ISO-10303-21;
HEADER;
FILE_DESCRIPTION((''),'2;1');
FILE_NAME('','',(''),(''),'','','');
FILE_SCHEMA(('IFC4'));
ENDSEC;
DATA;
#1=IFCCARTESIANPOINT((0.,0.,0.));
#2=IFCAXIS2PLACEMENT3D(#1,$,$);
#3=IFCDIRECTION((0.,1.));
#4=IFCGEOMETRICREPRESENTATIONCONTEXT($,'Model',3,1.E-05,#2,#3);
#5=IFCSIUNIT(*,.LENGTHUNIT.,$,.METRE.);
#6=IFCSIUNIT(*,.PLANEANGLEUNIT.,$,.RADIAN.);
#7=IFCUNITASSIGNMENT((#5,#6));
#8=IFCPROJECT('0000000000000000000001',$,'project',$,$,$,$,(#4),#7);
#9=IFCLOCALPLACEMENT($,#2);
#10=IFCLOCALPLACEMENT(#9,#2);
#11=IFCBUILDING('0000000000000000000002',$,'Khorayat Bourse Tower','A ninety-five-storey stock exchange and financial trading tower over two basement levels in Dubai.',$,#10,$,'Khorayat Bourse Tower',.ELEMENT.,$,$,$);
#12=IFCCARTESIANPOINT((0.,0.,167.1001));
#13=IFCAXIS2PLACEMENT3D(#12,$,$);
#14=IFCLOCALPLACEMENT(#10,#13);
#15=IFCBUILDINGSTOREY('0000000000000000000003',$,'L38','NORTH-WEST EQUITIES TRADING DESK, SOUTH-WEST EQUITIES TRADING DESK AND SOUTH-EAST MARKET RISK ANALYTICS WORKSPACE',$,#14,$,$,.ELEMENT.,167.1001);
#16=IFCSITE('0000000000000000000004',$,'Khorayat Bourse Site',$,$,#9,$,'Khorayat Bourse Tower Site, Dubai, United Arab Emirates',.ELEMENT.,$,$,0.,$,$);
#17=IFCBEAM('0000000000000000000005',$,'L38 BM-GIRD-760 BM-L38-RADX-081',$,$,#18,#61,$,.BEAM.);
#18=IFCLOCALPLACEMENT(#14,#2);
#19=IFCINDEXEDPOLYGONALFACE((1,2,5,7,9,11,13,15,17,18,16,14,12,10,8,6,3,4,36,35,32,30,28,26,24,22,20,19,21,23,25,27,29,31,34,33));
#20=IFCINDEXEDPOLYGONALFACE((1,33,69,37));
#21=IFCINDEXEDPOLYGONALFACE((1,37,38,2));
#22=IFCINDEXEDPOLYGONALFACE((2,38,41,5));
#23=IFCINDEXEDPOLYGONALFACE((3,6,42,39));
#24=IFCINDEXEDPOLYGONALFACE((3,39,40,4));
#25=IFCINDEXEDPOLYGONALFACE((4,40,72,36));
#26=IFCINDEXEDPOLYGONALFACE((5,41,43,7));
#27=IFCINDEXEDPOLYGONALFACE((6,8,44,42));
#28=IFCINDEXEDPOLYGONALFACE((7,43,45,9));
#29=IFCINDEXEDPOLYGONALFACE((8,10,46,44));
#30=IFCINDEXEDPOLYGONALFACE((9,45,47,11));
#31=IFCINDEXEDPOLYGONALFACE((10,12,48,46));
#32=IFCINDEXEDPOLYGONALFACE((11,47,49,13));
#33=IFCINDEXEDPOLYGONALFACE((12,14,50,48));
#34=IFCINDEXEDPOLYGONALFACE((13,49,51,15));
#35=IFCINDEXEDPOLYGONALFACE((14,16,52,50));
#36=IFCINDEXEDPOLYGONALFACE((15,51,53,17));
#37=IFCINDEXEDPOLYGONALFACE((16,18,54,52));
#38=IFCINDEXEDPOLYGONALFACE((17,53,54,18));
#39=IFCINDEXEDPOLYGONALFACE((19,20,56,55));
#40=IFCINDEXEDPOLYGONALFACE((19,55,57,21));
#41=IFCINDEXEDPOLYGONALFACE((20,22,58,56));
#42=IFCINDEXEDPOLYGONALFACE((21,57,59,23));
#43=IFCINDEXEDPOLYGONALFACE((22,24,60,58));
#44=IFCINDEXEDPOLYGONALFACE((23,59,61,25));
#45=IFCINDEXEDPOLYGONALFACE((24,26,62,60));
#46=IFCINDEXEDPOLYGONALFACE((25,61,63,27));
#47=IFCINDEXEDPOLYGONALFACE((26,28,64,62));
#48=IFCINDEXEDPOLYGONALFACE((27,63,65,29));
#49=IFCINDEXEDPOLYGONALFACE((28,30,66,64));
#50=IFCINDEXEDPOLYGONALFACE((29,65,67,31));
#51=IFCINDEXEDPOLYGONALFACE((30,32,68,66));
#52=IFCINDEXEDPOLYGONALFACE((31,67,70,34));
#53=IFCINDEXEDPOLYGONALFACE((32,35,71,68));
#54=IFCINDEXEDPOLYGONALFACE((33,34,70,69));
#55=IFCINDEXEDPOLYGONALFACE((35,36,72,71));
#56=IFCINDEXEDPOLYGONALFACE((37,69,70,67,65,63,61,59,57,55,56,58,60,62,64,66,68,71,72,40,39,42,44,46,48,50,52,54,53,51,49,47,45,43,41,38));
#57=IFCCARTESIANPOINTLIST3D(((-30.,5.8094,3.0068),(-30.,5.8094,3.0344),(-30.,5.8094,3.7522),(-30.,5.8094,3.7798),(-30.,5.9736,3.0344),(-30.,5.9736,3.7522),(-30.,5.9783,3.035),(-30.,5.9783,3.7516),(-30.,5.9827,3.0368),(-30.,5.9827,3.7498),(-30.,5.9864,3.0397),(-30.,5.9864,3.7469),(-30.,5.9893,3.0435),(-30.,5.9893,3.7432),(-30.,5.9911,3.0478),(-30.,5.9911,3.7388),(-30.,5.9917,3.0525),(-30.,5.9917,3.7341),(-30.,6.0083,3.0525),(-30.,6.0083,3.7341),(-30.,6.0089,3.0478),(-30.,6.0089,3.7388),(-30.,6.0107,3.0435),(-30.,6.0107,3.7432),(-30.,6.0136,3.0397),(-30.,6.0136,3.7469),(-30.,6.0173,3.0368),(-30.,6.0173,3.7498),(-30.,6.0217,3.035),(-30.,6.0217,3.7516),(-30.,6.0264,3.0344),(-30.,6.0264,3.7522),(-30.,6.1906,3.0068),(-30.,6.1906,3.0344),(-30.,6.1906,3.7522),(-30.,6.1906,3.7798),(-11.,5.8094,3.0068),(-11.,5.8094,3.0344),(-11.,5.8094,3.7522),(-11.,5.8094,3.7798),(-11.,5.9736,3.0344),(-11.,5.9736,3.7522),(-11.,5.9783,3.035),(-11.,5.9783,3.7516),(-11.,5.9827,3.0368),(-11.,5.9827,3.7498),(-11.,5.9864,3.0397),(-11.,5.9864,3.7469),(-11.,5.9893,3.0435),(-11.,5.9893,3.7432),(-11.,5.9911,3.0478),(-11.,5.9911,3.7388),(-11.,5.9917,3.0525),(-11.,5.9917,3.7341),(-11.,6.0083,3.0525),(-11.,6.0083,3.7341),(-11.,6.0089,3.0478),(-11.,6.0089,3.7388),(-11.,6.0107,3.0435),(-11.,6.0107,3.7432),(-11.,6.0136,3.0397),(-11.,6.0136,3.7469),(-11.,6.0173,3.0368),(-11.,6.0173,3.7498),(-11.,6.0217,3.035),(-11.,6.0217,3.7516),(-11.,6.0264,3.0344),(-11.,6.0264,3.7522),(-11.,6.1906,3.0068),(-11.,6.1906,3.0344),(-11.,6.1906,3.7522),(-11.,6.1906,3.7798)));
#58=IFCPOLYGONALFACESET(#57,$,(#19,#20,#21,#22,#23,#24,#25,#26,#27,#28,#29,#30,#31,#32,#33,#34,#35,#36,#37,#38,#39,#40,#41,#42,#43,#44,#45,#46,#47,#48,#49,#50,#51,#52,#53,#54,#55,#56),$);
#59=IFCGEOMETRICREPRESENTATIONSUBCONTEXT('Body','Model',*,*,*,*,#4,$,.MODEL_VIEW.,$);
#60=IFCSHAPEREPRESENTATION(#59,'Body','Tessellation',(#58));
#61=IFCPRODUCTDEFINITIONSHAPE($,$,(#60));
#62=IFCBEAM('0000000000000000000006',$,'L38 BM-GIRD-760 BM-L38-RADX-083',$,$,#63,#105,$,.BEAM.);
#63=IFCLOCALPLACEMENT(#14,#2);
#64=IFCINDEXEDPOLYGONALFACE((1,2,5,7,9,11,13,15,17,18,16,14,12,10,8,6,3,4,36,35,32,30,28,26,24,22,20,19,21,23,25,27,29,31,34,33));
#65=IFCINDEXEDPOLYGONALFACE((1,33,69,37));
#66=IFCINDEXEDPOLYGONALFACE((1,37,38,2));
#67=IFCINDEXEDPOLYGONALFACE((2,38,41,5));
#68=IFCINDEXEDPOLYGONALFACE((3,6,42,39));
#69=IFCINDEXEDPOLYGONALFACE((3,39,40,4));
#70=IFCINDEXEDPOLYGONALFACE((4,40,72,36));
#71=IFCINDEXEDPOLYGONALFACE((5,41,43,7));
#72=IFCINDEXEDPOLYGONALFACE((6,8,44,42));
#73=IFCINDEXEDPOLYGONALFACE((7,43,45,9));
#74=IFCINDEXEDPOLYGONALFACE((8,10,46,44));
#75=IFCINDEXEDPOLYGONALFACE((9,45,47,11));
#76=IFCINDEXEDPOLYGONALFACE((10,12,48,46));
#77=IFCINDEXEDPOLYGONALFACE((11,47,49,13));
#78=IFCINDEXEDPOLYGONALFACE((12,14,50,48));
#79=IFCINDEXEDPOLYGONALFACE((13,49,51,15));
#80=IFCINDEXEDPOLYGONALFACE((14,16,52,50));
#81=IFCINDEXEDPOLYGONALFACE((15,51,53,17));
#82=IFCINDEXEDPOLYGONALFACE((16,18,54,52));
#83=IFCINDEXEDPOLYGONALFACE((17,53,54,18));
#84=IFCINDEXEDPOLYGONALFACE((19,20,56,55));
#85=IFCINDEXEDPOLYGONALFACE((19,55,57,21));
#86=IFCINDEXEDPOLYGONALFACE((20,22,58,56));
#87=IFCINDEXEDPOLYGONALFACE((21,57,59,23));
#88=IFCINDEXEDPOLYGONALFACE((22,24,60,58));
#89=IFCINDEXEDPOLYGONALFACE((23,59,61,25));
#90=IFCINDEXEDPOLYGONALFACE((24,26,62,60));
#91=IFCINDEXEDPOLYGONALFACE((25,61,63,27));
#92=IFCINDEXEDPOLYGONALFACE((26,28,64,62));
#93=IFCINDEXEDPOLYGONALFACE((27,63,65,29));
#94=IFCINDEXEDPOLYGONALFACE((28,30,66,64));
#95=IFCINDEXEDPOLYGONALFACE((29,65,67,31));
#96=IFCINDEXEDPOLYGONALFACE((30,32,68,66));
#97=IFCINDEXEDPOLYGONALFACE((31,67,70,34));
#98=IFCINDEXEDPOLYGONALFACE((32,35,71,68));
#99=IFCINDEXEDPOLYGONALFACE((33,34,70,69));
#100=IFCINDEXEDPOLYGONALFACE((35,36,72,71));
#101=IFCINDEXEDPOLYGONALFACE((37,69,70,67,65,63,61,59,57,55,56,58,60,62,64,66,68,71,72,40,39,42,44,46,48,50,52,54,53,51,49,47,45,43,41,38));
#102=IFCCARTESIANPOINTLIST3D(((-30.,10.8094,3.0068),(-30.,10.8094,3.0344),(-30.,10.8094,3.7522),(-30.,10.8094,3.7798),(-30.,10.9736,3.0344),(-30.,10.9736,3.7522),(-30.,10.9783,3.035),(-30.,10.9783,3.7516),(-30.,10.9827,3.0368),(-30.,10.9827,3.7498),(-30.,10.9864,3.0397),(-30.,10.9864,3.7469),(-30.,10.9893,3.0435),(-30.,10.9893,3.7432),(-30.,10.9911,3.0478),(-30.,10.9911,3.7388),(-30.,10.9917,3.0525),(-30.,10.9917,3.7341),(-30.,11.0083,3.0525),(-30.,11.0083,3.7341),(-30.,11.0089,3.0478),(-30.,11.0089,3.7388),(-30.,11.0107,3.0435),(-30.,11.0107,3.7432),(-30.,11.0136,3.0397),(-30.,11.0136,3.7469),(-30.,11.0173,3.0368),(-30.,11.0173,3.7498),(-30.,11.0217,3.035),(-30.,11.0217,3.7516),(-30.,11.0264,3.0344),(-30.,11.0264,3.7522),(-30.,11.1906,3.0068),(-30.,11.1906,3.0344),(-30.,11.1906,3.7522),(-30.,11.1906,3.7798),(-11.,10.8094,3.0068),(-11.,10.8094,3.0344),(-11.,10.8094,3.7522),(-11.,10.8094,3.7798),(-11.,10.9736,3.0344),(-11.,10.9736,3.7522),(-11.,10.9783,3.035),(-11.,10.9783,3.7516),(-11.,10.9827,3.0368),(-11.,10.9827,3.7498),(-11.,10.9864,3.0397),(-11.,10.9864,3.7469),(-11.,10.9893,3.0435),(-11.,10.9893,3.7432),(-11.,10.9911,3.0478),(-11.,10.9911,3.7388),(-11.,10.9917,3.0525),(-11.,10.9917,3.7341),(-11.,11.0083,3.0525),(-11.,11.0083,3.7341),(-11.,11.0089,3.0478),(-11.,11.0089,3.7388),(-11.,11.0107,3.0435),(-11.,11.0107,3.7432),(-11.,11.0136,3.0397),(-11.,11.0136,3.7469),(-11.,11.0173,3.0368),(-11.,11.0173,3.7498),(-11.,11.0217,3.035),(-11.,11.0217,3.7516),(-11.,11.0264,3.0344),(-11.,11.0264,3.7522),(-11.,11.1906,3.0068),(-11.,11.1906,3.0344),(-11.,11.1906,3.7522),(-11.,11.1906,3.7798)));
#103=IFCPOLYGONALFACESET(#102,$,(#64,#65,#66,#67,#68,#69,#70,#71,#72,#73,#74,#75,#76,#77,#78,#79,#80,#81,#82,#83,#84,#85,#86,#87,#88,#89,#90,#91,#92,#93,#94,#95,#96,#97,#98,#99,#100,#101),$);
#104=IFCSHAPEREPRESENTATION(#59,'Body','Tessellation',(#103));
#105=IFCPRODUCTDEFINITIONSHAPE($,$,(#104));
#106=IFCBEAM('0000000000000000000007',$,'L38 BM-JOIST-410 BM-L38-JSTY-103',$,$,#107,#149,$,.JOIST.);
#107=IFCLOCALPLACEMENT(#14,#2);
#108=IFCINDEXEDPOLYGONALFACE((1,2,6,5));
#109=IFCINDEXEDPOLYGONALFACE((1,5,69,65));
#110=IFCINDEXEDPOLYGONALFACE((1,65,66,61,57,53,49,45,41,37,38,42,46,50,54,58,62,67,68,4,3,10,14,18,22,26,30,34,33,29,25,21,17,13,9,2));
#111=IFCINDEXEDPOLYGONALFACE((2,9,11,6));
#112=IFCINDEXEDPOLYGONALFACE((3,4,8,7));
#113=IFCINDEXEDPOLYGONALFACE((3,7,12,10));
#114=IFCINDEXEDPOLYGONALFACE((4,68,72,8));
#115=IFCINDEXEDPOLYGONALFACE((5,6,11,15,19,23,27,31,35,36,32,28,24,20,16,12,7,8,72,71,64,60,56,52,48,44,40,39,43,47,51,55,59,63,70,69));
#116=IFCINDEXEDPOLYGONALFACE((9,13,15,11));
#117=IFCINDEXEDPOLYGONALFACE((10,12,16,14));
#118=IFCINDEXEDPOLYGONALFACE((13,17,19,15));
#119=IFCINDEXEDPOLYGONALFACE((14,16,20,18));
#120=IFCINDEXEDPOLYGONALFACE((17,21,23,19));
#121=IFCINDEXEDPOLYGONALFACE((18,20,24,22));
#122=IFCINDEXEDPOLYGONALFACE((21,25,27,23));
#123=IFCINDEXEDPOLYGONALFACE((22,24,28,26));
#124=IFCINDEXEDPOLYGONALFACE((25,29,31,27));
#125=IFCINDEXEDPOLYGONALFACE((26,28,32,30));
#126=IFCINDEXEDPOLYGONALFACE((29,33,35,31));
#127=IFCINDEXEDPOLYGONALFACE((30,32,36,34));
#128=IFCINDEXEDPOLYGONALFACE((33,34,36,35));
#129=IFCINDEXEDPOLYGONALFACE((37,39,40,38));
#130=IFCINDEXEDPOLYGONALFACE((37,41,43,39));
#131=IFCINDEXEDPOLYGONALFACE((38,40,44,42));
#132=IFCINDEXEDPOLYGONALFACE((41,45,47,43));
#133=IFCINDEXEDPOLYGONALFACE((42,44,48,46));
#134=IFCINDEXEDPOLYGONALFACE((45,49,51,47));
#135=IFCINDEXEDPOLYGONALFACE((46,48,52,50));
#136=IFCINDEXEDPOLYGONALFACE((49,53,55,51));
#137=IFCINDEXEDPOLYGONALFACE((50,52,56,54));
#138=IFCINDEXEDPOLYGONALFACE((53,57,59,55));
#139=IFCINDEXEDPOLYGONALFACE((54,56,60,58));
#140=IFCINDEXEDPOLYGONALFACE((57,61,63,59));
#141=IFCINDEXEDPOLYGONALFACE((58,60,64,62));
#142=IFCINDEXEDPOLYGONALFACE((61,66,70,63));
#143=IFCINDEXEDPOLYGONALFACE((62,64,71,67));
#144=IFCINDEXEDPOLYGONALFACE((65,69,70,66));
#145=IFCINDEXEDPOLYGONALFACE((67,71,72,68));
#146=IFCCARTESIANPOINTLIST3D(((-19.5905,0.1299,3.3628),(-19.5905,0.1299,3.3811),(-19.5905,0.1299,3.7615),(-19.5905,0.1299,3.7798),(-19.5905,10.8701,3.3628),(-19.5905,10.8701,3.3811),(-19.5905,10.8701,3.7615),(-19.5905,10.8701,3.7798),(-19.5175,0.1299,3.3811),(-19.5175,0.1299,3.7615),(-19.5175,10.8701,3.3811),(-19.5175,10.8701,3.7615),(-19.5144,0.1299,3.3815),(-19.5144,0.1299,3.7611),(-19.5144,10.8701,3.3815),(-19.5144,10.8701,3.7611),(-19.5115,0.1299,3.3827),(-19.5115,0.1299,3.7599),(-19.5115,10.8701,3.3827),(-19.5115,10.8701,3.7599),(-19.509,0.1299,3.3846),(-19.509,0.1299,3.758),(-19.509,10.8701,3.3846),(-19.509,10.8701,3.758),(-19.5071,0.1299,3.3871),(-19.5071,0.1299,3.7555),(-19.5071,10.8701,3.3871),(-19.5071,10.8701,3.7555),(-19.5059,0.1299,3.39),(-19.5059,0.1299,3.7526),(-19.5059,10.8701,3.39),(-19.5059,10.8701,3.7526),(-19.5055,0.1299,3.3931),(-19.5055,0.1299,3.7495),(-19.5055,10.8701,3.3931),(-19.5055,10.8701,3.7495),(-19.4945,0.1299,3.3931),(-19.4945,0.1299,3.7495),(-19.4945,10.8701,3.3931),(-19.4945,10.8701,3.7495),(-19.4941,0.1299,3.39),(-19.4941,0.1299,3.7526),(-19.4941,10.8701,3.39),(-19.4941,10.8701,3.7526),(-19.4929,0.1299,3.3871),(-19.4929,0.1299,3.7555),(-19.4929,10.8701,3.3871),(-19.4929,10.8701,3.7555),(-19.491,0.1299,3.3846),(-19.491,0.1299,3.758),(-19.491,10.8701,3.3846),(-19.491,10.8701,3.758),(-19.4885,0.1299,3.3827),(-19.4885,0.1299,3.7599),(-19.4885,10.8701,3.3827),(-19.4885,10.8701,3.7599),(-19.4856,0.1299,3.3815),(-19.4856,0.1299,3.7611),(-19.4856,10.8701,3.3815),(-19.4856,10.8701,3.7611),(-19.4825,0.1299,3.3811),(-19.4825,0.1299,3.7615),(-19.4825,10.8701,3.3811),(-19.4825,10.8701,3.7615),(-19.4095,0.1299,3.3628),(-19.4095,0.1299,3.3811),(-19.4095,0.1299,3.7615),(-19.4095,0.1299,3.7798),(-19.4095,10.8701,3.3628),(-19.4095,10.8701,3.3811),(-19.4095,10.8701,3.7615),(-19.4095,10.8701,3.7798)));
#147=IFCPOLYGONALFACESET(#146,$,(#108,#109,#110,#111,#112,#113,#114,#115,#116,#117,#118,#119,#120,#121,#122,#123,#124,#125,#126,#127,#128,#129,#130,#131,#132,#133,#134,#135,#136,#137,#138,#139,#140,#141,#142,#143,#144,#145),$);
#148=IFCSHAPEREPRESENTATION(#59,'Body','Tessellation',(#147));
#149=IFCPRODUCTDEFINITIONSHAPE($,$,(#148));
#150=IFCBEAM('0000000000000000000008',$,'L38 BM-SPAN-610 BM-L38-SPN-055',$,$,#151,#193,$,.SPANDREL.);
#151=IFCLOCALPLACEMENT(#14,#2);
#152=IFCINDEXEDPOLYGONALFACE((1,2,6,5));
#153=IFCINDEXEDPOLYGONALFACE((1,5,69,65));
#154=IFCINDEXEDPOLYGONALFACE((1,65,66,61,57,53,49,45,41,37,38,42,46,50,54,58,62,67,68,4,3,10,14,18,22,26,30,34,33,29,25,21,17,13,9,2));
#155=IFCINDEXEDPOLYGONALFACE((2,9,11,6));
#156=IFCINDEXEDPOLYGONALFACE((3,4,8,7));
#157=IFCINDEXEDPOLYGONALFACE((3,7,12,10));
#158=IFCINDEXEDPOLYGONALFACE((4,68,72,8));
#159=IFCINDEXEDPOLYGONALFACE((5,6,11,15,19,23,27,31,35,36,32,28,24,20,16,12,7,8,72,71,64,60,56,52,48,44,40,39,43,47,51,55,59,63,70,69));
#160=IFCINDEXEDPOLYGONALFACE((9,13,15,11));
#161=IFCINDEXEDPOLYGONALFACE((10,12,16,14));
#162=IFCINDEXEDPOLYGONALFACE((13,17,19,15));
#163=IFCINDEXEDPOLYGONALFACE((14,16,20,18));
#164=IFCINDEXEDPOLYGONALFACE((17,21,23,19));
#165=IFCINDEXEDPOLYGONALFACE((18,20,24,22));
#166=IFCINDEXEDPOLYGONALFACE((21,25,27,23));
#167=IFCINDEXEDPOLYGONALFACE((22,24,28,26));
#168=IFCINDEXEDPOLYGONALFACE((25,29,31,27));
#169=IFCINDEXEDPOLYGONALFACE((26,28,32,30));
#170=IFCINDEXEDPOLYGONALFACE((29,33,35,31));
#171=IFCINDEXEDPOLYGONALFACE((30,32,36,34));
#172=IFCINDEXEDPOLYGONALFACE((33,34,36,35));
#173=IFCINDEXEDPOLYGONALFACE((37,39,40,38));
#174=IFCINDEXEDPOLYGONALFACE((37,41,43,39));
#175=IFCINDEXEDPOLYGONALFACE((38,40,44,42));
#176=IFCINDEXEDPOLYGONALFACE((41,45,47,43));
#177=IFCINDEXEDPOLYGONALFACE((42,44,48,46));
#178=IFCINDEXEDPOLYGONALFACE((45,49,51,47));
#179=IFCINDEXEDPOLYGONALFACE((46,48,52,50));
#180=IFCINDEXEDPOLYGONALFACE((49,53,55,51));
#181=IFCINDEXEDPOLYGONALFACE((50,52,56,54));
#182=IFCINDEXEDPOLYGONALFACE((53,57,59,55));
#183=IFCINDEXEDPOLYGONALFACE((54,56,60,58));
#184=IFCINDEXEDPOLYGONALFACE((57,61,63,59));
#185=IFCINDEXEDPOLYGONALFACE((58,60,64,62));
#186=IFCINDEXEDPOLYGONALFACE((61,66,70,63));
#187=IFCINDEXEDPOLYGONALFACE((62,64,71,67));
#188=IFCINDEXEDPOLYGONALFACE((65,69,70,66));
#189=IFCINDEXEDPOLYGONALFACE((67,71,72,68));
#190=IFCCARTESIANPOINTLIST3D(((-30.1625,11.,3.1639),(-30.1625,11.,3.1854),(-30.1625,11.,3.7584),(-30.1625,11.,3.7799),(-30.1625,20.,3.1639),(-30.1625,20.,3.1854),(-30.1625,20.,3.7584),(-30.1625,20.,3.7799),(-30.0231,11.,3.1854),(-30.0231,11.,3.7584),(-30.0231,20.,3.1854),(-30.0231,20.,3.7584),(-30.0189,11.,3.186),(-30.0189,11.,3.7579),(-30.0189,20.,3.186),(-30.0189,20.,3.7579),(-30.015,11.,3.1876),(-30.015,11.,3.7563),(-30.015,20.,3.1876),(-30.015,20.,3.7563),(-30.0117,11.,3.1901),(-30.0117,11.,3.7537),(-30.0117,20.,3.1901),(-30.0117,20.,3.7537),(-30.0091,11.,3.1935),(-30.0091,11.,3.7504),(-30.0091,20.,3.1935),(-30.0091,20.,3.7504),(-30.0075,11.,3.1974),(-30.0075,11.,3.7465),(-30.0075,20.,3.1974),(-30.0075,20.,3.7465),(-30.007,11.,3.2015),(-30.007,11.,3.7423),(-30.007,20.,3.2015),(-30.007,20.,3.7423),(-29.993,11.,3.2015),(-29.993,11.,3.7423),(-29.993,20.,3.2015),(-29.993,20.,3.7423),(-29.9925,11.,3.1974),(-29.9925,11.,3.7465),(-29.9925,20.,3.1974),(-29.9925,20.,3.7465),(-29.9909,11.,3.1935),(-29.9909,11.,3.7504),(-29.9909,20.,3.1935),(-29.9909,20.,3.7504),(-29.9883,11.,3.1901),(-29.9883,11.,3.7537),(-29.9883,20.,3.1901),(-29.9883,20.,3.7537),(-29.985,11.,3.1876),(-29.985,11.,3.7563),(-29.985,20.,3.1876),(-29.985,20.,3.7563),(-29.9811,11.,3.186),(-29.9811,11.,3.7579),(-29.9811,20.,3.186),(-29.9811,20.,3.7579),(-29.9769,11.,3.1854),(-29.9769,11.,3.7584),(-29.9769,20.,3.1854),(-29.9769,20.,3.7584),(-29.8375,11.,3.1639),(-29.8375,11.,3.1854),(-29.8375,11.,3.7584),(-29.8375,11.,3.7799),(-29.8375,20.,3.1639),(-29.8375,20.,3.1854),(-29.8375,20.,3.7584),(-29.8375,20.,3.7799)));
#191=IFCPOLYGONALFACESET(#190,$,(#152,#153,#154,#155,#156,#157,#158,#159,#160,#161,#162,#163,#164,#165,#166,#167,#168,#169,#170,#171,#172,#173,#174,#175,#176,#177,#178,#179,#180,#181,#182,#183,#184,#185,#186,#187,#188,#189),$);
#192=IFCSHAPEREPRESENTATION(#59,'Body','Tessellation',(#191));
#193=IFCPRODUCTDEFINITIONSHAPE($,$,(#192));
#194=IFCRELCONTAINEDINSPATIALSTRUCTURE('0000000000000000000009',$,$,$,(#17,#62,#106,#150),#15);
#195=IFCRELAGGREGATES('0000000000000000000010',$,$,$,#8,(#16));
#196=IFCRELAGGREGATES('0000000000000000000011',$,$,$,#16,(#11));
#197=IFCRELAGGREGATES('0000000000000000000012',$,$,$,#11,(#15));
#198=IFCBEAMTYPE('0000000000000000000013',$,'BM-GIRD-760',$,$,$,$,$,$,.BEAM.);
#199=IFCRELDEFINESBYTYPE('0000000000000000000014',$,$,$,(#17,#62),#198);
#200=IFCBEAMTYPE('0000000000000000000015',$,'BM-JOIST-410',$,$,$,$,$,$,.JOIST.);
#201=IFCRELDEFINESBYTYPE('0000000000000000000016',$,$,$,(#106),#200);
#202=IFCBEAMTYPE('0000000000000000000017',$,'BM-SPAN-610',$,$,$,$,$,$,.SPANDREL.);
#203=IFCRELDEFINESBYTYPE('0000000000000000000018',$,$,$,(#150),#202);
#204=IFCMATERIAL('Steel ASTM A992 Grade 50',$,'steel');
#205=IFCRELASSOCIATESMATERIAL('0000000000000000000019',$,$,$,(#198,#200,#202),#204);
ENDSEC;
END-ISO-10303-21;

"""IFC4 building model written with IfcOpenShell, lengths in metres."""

from ifc_helpers import new_model, si_unit, direction, frame, origin, origin_2d, place, context, subcontext, project, spatial, i_section, extrude, source, transform, mapped, material, material_profile, profile_set, type_object, element, save


model = new_model("IFC4")

# Units and contexts
model_context = context("Model", 3, precision=1e-05, world=origin(), true_north=direction((0.0, 1.0)))
body_context = subcontext(model_context, "Body", "Model", "MODEL_VIEW")
ifc_project = project(units=[si_unit("LENGTHUNIT", "METRE"), si_unit("PLANEANGLEUNIT", "RADIAN")], contexts=[model_context])

# Site, building, storey
site_placement = place(None, origin())
site = spatial("IfcSite", under=ifc_project, at=site_placement, Name="Khorayat Bourse Site", LongName="Khorayat Bourse Tower Site, Dubai, United Arab Emirates", CompositionType="ELEMENT", RefElevation=0.0)
building_placement = place(site_placement, origin())
building = spatial("IfcBuilding", under=site, at=building_placement, Name="Khorayat Bourse Tower", Description="A ninety-five-storey stock exchange and financial trading tower over two basement levels in Dubai.", LongName="Khorayat Bourse Tower", CompositionType="ELEMENT")
storey_placement = place(building_placement, frame((0.0, 0.0, 167.1001)))
storey = spatial("IfcBuildingStorey", under=building, at=storey_placement, Name="L38", Description="NORTH-WEST EQUITIES TRADING DESK, SOUTH-WEST EQUITIES TRADING DESK AND SOUTH-EAST MARKET RISK ANALYTICS WORKSPACE", CompositionType="ELEMENT", Elevation=167.1001)

# Beams
ifc_material_1 = material(Name="Steel ASTM A992 Grade 50", Category="steel")
ifc_material_profile_1 = material_profile(ifc_material_1, i_section(OverallWidth=0.3811, OverallDepth=0.7729, WebThickness=0.0166, FlangeThickness=0.0276, FilletRadius=0.0181, at=origin_2d()), Name="W760X257")
ifc_profile_set_1 = profile_set([ifc_material_profile_1], Name="Steel ASTM A992 Grade 50")
beam_type_1 = type_object("IfcBeamType", Name="BM-GIRD-760", PredefinedType="BEAM", material=ifc_profile_set_1)
shared_shape_1 = source(origin(), body_context, "Body", "SweptSolid", [
    extrude(i_section(OverallWidth=0.3811, OverallDepth=0.7729, WebThickness=0.0166, FlangeThickness=0.0276, FilletRadius=0.0181, at=origin_2d()), origin(), (0.0, 0.0, 1.0), 19.0),
])
for number, where, z_axis, x_axis, name in (
    (1, (-30.0, 6.0, 3.3933), (1.0, 0.0, 0.0), (0.0, 1.0, 0.0), "L38 BM-GIRD-760 BM-L38-RADX-081"),
    (2, (-30.0, 11.0, 3.3933), (1.0, 0.0, 0.0), (0.0, 1.0, 0.0), "L38 BM-GIRD-760 BM-L38-RADX-083"),
):
    element("IfcBeam", number, at=place(storey_placement, frame(where, z_axis=z_axis, x_axis=x_axis)), inside=storey, type_object=beam_type_1, Name=name, PredefinedType="BEAM", context=body_context, shape_type="MappedRepresentation", body=[
        mapped(shared_shape_1, transform((0.0, 0.0, 0.0), scale=1.0)),
    ])
ifc_material_profile_2 = material_profile(ifc_material_1, i_section(OverallWidth=0.1809, OverallDepth=0.417, WebThickness=0.011, FlangeThickness=0.0183, FilletRadius=0.012, at=origin_2d()), Name="W410X85")
ifc_profile_set_2 = profile_set([ifc_material_profile_2], Name="Steel ASTM A992 Grade 50")
beam_type_2 = type_object("IfcBeamType", Name="BM-JOIST-410", PredefinedType="JOIST", material=ifc_profile_set_2)
shared_shape_2 = source(origin(), body_context, "Body", "SweptSolid", [
    extrude(i_section(OverallWidth=0.1809, OverallDepth=0.417, WebThickness=0.011, FlangeThickness=0.0183, FilletRadius=0.012, at=origin_2d()), origin(), (0.0, 0.0, 1.0), 10.7402),
])
beam_1_placement = place(storey_placement, frame((-19.5, 0.1299, 3.5713), z_axis=(0.0, 1.0, 0.0), x_axis=(-1.0, 0.0, 0.0)))
element("IfcBeam", 3, at=beam_1_placement, inside=storey, type_object=beam_type_2, Name="L38 BM-JOIST-410 BM-L38-JSTY-103", PredefinedType="JOIST", context=body_context, shape_type="MappedRepresentation", body=[
    mapped(shared_shape_2, transform((0.0, 0.0, 0.0), scale=1.0)),
])
ifc_material_profile_3 = material_profile(ifc_material_1, i_section(OverallWidth=0.325, OverallDepth=0.616, WebThickness=0.0139, FlangeThickness=0.0215, FilletRadius=0.0161, at=origin_2d()), Name="W610X174")
ifc_profile_set_3 = profile_set([ifc_material_profile_3], Name="Steel ASTM A992 Grade 50")
beam_type_3 = type_object("IfcBeamType", Name="BM-SPAN-610", PredefinedType="SPANDREL", material=ifc_profile_set_3)
shared_shape_3 = source(origin(), body_context, "Body", "SweptSolid", [
    extrude(i_section(OverallWidth=0.325, OverallDepth=0.616, WebThickness=0.0139, FlangeThickness=0.0215, FilletRadius=0.0161, at=origin_2d()), origin(), (0.0, 0.0, 1.0), 9.0),
])
beam_2_placement = place(storey_placement, frame((-30.0, 11.0, 3.4719), z_axis=(0.0, 1.0, 0.0), x_axis=(-1.0, 0.0, 0.0)))
element("IfcBeam", 4, at=beam_2_placement, inside=storey, type_object=beam_type_3, Name="L38 BM-SPAN-610 BM-L38-SPN-055", PredefinedType="SPANDREL", context=body_context, shape_type="MappedRepresentation", body=[
    mapped(shared_shape_3, transform((0.0, 0.0, 0.0), scale=1.0)),
])

save(model, "model.ifc")
